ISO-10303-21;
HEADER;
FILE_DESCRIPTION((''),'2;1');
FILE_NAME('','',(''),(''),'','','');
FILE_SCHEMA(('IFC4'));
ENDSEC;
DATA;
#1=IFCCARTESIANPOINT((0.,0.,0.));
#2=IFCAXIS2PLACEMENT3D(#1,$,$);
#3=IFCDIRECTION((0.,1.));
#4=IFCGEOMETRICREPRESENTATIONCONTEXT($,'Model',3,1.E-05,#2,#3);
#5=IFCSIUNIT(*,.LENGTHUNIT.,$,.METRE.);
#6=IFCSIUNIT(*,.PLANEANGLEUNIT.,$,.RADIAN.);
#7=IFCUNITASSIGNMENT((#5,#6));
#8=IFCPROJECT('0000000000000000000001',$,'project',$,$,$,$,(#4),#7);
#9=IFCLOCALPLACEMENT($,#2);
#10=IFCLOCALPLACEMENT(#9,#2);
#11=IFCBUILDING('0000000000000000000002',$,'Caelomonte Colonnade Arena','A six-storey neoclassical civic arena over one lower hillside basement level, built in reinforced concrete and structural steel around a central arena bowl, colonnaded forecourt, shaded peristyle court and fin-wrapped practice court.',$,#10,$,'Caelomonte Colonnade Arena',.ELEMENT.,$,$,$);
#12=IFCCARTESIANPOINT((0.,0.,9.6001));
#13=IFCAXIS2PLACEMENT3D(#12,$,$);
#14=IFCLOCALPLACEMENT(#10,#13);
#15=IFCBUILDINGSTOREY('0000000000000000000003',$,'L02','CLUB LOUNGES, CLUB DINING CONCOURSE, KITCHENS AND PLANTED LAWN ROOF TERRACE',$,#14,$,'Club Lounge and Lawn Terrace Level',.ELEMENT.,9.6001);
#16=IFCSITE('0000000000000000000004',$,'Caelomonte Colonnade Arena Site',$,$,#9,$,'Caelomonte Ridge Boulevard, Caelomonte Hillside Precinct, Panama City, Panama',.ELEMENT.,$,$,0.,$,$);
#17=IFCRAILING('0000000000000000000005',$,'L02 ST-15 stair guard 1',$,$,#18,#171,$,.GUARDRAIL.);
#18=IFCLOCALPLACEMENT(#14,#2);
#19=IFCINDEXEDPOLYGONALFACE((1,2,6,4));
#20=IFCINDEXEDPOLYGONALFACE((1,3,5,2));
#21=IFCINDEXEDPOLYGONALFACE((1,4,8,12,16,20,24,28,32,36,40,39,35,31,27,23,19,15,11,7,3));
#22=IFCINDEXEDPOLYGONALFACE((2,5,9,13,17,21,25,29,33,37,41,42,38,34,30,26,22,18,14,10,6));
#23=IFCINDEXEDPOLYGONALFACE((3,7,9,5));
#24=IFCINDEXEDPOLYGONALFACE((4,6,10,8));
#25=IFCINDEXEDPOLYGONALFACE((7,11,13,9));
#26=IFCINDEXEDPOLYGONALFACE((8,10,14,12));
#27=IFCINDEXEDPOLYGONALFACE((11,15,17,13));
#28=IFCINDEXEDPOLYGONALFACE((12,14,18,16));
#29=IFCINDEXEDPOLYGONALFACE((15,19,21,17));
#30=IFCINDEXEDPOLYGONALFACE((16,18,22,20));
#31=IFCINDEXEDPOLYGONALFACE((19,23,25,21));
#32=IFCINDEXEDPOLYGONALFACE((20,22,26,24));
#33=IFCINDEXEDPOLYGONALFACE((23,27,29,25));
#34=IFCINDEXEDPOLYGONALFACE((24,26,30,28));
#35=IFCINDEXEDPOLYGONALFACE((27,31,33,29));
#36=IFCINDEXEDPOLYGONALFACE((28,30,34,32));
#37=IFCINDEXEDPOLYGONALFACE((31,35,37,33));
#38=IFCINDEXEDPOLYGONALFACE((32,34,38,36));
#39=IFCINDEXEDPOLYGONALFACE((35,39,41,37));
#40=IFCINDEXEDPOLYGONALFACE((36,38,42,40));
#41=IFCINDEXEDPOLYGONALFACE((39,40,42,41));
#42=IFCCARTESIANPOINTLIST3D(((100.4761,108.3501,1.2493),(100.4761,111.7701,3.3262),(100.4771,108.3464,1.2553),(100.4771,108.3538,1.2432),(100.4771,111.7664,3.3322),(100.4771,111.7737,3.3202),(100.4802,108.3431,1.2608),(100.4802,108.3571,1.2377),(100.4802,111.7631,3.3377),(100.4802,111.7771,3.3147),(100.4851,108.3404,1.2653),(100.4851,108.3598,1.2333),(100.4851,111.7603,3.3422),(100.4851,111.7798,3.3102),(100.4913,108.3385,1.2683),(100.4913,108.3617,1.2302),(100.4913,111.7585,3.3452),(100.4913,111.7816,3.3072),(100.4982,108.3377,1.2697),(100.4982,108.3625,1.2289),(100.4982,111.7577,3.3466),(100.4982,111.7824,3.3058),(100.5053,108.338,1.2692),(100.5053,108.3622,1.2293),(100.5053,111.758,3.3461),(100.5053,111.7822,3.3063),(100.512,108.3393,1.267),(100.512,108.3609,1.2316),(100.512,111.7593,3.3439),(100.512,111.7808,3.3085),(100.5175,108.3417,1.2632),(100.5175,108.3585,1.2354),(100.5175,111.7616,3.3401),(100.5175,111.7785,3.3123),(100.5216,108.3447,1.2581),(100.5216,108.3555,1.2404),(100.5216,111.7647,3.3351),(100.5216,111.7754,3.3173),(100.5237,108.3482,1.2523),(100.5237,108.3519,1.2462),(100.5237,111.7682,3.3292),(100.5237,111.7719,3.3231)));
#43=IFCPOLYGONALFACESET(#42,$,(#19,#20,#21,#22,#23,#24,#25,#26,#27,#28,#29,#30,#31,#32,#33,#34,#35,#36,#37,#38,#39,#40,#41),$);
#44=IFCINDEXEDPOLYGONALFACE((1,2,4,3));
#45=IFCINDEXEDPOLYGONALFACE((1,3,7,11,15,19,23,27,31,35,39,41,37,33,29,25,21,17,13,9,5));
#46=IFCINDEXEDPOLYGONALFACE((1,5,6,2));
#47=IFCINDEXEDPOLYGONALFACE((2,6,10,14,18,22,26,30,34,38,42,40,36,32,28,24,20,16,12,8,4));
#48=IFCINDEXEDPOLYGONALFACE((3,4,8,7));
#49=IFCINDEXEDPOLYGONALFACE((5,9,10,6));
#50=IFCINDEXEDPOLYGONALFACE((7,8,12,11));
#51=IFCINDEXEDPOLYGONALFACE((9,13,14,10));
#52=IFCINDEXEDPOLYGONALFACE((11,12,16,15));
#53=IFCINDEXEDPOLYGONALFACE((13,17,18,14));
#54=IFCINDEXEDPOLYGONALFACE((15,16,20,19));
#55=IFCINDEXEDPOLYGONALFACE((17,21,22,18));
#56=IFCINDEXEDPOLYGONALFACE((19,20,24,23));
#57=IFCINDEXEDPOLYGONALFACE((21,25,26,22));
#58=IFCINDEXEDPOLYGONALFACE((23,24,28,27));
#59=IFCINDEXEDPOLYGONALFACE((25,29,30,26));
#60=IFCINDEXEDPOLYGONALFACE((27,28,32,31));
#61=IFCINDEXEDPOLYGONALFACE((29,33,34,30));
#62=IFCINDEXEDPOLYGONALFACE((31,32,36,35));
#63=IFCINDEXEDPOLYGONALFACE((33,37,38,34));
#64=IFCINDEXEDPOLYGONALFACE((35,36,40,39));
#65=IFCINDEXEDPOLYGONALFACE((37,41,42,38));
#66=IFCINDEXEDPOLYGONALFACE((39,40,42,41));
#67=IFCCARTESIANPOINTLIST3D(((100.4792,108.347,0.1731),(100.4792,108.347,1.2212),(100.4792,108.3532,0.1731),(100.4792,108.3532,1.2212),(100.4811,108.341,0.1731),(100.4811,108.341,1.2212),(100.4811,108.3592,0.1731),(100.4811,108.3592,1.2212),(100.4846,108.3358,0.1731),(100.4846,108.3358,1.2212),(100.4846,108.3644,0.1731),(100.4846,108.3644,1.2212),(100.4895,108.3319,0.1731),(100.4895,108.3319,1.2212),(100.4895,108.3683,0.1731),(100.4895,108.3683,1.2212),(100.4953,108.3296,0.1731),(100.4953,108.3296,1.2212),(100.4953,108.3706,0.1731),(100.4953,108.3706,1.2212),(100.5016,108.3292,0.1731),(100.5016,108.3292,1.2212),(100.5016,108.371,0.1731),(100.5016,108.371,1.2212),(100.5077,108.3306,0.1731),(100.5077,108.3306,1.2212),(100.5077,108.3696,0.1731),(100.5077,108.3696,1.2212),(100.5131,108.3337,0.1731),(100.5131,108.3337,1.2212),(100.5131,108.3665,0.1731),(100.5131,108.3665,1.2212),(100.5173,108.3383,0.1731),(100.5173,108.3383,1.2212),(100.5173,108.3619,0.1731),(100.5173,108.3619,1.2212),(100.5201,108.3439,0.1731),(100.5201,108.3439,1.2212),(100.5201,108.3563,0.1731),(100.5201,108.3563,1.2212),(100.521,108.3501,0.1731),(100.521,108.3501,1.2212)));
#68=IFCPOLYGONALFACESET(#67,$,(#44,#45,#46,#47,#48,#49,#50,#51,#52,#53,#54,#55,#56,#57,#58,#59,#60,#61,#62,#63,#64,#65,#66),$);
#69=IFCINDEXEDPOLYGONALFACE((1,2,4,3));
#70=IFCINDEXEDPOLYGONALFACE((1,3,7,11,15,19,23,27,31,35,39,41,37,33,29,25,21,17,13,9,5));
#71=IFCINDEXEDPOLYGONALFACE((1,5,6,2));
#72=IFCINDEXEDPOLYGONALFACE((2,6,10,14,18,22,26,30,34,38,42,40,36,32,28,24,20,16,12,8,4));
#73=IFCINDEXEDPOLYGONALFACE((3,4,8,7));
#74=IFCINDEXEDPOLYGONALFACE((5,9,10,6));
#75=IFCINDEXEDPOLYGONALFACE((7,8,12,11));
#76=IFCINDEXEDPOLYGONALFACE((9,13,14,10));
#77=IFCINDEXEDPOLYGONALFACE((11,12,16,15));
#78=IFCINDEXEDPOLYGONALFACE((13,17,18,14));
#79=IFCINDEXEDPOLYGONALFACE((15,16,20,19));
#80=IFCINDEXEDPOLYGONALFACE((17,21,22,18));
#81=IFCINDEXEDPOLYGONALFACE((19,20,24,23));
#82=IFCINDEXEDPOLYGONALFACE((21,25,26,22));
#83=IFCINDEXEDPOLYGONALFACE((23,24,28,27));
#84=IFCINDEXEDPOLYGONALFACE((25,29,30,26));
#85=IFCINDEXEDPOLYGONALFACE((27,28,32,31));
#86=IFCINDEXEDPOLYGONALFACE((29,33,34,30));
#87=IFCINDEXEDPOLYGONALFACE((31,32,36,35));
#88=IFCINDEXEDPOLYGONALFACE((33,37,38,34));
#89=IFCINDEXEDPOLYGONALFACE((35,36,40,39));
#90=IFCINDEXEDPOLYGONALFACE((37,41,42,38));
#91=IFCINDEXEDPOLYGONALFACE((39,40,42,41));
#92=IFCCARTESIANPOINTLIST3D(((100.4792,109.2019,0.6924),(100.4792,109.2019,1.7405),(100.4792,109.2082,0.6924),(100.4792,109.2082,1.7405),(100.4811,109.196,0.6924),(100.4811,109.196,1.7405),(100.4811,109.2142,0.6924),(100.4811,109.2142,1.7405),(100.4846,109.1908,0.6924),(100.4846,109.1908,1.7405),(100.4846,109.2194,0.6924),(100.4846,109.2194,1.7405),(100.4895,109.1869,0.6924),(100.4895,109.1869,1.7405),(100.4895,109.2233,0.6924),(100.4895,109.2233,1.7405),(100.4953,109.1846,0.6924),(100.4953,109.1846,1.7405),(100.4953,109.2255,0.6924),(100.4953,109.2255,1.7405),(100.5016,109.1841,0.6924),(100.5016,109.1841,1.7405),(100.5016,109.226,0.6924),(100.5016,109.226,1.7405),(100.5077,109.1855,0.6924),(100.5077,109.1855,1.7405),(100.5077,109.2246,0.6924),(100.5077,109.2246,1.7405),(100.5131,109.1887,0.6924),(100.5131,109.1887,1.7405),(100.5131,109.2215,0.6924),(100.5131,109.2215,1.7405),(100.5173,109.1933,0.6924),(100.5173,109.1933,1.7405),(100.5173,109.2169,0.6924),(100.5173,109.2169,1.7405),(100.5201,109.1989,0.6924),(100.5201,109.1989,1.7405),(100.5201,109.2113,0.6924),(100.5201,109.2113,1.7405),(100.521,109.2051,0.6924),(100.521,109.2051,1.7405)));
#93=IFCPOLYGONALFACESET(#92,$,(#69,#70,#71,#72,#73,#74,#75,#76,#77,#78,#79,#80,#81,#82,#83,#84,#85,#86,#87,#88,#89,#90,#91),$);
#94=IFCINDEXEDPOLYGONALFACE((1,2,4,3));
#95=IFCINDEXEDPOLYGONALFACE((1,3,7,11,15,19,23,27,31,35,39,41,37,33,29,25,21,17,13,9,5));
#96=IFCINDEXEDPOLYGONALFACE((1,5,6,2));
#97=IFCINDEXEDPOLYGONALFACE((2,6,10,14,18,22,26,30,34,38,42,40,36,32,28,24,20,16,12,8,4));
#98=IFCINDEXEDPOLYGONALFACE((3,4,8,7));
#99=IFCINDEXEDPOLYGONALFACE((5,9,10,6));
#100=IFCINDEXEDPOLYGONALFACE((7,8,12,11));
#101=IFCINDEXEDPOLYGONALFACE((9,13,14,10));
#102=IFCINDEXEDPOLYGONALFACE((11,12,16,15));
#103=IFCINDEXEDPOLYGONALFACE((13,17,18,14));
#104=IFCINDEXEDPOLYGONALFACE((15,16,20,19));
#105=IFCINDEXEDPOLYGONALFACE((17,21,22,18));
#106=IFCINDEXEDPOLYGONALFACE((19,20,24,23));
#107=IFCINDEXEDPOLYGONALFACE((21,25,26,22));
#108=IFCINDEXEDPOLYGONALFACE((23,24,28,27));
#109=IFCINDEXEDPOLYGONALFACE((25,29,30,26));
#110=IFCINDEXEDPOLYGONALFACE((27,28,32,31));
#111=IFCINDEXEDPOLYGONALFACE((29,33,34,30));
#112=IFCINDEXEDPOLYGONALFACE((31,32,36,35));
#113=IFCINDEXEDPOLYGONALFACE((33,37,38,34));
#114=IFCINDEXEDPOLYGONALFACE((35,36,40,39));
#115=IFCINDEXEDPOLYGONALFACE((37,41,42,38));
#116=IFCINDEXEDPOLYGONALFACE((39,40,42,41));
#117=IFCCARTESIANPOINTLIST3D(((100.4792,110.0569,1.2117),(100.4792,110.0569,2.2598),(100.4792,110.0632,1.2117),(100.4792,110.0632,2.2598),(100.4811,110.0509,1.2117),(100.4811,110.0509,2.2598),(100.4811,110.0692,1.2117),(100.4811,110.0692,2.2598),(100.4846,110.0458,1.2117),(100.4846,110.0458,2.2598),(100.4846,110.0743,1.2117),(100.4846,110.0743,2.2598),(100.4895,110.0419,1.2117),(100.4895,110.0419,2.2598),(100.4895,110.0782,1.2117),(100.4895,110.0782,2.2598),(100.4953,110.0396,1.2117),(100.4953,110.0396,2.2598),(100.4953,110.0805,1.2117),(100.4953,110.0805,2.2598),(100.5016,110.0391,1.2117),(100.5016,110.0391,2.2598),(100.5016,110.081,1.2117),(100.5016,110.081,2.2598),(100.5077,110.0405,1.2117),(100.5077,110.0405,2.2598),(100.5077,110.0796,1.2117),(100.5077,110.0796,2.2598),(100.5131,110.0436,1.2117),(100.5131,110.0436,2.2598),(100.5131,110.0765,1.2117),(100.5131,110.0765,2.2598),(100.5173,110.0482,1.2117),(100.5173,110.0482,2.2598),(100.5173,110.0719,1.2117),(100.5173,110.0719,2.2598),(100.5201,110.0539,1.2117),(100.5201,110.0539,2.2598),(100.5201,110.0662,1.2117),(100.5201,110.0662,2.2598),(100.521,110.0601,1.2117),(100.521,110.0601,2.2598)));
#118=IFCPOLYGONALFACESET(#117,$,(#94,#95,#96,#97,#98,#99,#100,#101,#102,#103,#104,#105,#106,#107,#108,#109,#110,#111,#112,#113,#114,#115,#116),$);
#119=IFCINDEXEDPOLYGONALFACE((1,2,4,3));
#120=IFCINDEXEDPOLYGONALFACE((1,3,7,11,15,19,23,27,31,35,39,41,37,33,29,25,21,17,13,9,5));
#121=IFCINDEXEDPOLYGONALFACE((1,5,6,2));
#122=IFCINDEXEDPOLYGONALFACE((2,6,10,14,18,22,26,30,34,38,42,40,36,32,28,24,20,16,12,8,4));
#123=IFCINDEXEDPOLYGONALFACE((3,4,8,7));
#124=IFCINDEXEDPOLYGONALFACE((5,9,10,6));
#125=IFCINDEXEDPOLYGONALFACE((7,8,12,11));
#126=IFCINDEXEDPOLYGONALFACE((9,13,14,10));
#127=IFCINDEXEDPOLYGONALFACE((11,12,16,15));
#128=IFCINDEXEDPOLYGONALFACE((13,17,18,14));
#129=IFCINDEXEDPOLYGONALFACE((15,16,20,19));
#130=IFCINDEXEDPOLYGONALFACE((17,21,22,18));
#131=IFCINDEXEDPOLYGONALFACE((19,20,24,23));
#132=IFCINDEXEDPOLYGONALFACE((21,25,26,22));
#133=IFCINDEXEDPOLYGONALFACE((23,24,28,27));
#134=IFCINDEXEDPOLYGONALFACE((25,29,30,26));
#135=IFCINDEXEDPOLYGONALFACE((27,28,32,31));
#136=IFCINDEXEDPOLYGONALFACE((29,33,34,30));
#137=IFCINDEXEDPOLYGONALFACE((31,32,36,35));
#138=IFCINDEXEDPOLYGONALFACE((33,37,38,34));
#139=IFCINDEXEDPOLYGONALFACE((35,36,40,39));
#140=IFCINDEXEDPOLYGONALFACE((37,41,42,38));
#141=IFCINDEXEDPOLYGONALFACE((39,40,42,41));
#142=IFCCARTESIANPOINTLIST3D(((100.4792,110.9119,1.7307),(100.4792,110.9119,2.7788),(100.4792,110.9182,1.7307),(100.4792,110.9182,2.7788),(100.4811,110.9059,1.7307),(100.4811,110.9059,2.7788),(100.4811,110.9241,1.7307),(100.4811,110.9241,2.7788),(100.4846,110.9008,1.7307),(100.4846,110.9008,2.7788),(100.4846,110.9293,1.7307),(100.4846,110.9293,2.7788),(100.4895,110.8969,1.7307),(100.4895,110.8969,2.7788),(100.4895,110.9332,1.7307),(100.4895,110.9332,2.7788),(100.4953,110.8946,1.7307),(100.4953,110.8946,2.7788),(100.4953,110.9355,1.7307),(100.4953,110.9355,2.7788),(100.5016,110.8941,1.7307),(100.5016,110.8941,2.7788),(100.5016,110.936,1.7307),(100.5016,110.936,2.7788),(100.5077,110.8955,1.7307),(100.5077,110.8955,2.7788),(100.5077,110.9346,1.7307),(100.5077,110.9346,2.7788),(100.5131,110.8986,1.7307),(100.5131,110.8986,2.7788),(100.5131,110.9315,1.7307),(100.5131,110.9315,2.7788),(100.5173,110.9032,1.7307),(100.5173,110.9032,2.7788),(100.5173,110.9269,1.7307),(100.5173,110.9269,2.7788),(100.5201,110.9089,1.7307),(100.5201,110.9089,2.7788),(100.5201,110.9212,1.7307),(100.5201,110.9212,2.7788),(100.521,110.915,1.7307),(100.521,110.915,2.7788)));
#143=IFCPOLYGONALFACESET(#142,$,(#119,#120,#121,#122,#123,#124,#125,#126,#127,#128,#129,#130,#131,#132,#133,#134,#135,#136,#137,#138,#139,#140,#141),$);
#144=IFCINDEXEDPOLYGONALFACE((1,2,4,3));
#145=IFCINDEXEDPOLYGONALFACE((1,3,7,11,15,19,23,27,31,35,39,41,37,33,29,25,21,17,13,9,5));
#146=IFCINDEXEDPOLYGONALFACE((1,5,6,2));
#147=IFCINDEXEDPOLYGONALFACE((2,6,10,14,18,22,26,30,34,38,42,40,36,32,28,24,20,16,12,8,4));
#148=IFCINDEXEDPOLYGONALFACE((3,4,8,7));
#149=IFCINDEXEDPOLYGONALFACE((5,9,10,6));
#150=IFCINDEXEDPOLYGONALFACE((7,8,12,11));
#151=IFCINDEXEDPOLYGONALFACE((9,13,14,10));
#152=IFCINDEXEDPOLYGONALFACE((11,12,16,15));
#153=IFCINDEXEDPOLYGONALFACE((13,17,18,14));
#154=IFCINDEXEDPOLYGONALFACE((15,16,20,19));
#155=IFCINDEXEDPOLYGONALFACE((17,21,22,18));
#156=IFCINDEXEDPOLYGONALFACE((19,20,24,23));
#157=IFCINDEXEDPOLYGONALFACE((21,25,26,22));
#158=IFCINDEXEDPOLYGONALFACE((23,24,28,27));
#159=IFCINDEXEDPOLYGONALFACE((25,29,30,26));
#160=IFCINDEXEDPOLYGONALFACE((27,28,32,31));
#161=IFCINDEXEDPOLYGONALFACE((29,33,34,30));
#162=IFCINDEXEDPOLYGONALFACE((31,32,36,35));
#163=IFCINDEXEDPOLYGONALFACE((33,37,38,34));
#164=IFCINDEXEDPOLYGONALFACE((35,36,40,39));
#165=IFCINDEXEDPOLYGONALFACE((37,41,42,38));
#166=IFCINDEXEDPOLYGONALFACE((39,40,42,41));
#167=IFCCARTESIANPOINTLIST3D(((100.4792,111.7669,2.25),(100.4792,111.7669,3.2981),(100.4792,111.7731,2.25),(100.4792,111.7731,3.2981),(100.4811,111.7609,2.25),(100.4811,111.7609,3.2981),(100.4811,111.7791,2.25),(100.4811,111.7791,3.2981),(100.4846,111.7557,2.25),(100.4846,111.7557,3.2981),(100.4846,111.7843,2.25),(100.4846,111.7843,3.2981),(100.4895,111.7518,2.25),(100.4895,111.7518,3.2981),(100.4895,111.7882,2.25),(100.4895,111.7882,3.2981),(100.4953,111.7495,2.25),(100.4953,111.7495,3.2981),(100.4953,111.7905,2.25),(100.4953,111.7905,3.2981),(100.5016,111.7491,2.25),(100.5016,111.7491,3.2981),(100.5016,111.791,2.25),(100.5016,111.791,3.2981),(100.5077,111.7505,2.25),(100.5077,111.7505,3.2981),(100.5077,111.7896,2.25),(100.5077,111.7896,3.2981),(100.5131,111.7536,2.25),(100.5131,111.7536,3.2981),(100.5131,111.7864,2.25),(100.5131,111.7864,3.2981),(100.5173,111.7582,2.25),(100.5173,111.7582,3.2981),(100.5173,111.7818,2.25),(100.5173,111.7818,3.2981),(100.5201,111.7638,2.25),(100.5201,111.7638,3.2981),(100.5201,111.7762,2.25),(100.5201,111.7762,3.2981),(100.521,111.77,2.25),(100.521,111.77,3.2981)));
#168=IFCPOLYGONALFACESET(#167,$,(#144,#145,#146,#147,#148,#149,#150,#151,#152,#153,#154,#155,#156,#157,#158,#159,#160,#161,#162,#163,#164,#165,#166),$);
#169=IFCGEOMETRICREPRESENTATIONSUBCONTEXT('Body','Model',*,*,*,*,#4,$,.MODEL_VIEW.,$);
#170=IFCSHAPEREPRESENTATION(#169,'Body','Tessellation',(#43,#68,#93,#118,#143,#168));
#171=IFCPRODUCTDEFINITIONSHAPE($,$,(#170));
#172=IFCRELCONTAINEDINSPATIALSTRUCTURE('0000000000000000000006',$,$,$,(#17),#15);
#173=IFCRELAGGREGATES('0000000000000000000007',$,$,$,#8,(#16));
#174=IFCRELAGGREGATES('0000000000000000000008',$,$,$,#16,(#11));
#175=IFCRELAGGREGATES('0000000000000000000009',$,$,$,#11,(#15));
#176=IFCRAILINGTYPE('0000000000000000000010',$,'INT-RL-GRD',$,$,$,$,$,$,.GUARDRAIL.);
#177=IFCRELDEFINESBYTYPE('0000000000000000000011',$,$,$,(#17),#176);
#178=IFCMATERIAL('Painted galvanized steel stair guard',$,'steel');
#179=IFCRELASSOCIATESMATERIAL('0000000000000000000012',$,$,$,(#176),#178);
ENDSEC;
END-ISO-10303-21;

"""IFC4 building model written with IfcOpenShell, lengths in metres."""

from ifc_helpers import new_model, si_unit, direction, frame, origin, origin_2d, place, context, subcontext, project, spatial, circle, extrude, material, type_object, element, save


model = new_model("IFC4")

# Units and contexts
model_context = context("Model", 3, precision=1e-05, world=origin(), true_north=direction((0.0, 1.0)))
body_context = subcontext(model_context, "Body", "Model", "MODEL_VIEW")
ifc_project = project(units=[si_unit("LENGTHUNIT", "METRE"), si_unit("PLANEANGLEUNIT", "RADIAN")], contexts=[model_context])

# Site, building, storey
site_placement = place(None, origin())
site = spatial("IfcSite", under=ifc_project, at=site_placement, Name="Caelomonte Colonnade Arena Site", LongName="Caelomonte Ridge Boulevard, Caelomonte Hillside Precinct, Panama City, Panama", CompositionType="ELEMENT", RefElevation=0.0)
building_placement = place(site_placement, origin())
building = spatial("IfcBuilding", under=site, at=building_placement, Name="Caelomonte Colonnade Arena", Description="A six-storey neoclassical civic arena over one lower hillside basement level, built in reinforced concrete and structural steel around a central arena bowl, colonnaded forecourt, shaded peristyle court and fin-wrapped practice court.", LongName="Caelomonte Colonnade Arena", CompositionType="ELEMENT")
storey_placement = place(building_placement, frame((0.0, 0.0, 9.6001)))
storey = spatial("IfcBuildingStorey", under=building, at=storey_placement, Name="L02", Description="CLUB LOUNGES, CLUB DINING CONCOURSE, KITCHENS AND PLANTED LAWN ROOF TERRACE", LongName="Club Lounge and Lawn Terrace Level", CompositionType="ELEMENT", Elevation=9.6001)

# Railing
ifc_material_1 = material(Name="Painted galvanized steel stair guard", Category="steel")
railing_type_1 = type_object("IfcRailingType", Name="INT-RL-GRD", PredefinedType="GUARDRAIL", material=ifc_material_1)
railing_1_placement = place(storey_placement, frame((100.5, 108.3501, 0.1731)))
element("IfcRailing", 1, at=railing_1_placement, inside=storey, type_object=railing_type_1, Name="L02 ST-15 stair guard 1", PredefinedType="GUARDRAIL", context=body_context, shape_type="SweptSolid", body=[
    extrude(circle(Radius=0.0239, at=origin_2d()), frame((0.0, 0.0, 1.0762), z_axis=(0.0, 0.85473, 0.519074), x_axis=(-1.0, 0.0, 0.0)), (0.0, 0.0, 1.0), 4.0012),
    extrude(circle(Radius=0.021, at=origin_2d()), origin(), (0.0, 0.0, 1.0), 1.0481),
    extrude(circle(Radius=0.021, at=origin_2d()), frame((0.0, 0.855, 0.5193)), (0.0, 0.0, 1.0), 1.0481),
    extrude(circle(Radius=0.021, at=origin_2d()), frame((0.0, 1.71, 1.0386)), (0.0, 0.0, 1.0), 1.0481),
    extrude(circle(Radius=0.021, at=origin_2d()), frame((0.0, 2.5649, 1.5576)), (0.0, 0.0, 1.0), 1.0481),
    extrude(circle(Radius=0.021, at=origin_2d()), frame((0.0, 3.4199, 2.0769)), (0.0, 0.0, 1.0), 1.0481),
])

save(model, "model.ifc")
